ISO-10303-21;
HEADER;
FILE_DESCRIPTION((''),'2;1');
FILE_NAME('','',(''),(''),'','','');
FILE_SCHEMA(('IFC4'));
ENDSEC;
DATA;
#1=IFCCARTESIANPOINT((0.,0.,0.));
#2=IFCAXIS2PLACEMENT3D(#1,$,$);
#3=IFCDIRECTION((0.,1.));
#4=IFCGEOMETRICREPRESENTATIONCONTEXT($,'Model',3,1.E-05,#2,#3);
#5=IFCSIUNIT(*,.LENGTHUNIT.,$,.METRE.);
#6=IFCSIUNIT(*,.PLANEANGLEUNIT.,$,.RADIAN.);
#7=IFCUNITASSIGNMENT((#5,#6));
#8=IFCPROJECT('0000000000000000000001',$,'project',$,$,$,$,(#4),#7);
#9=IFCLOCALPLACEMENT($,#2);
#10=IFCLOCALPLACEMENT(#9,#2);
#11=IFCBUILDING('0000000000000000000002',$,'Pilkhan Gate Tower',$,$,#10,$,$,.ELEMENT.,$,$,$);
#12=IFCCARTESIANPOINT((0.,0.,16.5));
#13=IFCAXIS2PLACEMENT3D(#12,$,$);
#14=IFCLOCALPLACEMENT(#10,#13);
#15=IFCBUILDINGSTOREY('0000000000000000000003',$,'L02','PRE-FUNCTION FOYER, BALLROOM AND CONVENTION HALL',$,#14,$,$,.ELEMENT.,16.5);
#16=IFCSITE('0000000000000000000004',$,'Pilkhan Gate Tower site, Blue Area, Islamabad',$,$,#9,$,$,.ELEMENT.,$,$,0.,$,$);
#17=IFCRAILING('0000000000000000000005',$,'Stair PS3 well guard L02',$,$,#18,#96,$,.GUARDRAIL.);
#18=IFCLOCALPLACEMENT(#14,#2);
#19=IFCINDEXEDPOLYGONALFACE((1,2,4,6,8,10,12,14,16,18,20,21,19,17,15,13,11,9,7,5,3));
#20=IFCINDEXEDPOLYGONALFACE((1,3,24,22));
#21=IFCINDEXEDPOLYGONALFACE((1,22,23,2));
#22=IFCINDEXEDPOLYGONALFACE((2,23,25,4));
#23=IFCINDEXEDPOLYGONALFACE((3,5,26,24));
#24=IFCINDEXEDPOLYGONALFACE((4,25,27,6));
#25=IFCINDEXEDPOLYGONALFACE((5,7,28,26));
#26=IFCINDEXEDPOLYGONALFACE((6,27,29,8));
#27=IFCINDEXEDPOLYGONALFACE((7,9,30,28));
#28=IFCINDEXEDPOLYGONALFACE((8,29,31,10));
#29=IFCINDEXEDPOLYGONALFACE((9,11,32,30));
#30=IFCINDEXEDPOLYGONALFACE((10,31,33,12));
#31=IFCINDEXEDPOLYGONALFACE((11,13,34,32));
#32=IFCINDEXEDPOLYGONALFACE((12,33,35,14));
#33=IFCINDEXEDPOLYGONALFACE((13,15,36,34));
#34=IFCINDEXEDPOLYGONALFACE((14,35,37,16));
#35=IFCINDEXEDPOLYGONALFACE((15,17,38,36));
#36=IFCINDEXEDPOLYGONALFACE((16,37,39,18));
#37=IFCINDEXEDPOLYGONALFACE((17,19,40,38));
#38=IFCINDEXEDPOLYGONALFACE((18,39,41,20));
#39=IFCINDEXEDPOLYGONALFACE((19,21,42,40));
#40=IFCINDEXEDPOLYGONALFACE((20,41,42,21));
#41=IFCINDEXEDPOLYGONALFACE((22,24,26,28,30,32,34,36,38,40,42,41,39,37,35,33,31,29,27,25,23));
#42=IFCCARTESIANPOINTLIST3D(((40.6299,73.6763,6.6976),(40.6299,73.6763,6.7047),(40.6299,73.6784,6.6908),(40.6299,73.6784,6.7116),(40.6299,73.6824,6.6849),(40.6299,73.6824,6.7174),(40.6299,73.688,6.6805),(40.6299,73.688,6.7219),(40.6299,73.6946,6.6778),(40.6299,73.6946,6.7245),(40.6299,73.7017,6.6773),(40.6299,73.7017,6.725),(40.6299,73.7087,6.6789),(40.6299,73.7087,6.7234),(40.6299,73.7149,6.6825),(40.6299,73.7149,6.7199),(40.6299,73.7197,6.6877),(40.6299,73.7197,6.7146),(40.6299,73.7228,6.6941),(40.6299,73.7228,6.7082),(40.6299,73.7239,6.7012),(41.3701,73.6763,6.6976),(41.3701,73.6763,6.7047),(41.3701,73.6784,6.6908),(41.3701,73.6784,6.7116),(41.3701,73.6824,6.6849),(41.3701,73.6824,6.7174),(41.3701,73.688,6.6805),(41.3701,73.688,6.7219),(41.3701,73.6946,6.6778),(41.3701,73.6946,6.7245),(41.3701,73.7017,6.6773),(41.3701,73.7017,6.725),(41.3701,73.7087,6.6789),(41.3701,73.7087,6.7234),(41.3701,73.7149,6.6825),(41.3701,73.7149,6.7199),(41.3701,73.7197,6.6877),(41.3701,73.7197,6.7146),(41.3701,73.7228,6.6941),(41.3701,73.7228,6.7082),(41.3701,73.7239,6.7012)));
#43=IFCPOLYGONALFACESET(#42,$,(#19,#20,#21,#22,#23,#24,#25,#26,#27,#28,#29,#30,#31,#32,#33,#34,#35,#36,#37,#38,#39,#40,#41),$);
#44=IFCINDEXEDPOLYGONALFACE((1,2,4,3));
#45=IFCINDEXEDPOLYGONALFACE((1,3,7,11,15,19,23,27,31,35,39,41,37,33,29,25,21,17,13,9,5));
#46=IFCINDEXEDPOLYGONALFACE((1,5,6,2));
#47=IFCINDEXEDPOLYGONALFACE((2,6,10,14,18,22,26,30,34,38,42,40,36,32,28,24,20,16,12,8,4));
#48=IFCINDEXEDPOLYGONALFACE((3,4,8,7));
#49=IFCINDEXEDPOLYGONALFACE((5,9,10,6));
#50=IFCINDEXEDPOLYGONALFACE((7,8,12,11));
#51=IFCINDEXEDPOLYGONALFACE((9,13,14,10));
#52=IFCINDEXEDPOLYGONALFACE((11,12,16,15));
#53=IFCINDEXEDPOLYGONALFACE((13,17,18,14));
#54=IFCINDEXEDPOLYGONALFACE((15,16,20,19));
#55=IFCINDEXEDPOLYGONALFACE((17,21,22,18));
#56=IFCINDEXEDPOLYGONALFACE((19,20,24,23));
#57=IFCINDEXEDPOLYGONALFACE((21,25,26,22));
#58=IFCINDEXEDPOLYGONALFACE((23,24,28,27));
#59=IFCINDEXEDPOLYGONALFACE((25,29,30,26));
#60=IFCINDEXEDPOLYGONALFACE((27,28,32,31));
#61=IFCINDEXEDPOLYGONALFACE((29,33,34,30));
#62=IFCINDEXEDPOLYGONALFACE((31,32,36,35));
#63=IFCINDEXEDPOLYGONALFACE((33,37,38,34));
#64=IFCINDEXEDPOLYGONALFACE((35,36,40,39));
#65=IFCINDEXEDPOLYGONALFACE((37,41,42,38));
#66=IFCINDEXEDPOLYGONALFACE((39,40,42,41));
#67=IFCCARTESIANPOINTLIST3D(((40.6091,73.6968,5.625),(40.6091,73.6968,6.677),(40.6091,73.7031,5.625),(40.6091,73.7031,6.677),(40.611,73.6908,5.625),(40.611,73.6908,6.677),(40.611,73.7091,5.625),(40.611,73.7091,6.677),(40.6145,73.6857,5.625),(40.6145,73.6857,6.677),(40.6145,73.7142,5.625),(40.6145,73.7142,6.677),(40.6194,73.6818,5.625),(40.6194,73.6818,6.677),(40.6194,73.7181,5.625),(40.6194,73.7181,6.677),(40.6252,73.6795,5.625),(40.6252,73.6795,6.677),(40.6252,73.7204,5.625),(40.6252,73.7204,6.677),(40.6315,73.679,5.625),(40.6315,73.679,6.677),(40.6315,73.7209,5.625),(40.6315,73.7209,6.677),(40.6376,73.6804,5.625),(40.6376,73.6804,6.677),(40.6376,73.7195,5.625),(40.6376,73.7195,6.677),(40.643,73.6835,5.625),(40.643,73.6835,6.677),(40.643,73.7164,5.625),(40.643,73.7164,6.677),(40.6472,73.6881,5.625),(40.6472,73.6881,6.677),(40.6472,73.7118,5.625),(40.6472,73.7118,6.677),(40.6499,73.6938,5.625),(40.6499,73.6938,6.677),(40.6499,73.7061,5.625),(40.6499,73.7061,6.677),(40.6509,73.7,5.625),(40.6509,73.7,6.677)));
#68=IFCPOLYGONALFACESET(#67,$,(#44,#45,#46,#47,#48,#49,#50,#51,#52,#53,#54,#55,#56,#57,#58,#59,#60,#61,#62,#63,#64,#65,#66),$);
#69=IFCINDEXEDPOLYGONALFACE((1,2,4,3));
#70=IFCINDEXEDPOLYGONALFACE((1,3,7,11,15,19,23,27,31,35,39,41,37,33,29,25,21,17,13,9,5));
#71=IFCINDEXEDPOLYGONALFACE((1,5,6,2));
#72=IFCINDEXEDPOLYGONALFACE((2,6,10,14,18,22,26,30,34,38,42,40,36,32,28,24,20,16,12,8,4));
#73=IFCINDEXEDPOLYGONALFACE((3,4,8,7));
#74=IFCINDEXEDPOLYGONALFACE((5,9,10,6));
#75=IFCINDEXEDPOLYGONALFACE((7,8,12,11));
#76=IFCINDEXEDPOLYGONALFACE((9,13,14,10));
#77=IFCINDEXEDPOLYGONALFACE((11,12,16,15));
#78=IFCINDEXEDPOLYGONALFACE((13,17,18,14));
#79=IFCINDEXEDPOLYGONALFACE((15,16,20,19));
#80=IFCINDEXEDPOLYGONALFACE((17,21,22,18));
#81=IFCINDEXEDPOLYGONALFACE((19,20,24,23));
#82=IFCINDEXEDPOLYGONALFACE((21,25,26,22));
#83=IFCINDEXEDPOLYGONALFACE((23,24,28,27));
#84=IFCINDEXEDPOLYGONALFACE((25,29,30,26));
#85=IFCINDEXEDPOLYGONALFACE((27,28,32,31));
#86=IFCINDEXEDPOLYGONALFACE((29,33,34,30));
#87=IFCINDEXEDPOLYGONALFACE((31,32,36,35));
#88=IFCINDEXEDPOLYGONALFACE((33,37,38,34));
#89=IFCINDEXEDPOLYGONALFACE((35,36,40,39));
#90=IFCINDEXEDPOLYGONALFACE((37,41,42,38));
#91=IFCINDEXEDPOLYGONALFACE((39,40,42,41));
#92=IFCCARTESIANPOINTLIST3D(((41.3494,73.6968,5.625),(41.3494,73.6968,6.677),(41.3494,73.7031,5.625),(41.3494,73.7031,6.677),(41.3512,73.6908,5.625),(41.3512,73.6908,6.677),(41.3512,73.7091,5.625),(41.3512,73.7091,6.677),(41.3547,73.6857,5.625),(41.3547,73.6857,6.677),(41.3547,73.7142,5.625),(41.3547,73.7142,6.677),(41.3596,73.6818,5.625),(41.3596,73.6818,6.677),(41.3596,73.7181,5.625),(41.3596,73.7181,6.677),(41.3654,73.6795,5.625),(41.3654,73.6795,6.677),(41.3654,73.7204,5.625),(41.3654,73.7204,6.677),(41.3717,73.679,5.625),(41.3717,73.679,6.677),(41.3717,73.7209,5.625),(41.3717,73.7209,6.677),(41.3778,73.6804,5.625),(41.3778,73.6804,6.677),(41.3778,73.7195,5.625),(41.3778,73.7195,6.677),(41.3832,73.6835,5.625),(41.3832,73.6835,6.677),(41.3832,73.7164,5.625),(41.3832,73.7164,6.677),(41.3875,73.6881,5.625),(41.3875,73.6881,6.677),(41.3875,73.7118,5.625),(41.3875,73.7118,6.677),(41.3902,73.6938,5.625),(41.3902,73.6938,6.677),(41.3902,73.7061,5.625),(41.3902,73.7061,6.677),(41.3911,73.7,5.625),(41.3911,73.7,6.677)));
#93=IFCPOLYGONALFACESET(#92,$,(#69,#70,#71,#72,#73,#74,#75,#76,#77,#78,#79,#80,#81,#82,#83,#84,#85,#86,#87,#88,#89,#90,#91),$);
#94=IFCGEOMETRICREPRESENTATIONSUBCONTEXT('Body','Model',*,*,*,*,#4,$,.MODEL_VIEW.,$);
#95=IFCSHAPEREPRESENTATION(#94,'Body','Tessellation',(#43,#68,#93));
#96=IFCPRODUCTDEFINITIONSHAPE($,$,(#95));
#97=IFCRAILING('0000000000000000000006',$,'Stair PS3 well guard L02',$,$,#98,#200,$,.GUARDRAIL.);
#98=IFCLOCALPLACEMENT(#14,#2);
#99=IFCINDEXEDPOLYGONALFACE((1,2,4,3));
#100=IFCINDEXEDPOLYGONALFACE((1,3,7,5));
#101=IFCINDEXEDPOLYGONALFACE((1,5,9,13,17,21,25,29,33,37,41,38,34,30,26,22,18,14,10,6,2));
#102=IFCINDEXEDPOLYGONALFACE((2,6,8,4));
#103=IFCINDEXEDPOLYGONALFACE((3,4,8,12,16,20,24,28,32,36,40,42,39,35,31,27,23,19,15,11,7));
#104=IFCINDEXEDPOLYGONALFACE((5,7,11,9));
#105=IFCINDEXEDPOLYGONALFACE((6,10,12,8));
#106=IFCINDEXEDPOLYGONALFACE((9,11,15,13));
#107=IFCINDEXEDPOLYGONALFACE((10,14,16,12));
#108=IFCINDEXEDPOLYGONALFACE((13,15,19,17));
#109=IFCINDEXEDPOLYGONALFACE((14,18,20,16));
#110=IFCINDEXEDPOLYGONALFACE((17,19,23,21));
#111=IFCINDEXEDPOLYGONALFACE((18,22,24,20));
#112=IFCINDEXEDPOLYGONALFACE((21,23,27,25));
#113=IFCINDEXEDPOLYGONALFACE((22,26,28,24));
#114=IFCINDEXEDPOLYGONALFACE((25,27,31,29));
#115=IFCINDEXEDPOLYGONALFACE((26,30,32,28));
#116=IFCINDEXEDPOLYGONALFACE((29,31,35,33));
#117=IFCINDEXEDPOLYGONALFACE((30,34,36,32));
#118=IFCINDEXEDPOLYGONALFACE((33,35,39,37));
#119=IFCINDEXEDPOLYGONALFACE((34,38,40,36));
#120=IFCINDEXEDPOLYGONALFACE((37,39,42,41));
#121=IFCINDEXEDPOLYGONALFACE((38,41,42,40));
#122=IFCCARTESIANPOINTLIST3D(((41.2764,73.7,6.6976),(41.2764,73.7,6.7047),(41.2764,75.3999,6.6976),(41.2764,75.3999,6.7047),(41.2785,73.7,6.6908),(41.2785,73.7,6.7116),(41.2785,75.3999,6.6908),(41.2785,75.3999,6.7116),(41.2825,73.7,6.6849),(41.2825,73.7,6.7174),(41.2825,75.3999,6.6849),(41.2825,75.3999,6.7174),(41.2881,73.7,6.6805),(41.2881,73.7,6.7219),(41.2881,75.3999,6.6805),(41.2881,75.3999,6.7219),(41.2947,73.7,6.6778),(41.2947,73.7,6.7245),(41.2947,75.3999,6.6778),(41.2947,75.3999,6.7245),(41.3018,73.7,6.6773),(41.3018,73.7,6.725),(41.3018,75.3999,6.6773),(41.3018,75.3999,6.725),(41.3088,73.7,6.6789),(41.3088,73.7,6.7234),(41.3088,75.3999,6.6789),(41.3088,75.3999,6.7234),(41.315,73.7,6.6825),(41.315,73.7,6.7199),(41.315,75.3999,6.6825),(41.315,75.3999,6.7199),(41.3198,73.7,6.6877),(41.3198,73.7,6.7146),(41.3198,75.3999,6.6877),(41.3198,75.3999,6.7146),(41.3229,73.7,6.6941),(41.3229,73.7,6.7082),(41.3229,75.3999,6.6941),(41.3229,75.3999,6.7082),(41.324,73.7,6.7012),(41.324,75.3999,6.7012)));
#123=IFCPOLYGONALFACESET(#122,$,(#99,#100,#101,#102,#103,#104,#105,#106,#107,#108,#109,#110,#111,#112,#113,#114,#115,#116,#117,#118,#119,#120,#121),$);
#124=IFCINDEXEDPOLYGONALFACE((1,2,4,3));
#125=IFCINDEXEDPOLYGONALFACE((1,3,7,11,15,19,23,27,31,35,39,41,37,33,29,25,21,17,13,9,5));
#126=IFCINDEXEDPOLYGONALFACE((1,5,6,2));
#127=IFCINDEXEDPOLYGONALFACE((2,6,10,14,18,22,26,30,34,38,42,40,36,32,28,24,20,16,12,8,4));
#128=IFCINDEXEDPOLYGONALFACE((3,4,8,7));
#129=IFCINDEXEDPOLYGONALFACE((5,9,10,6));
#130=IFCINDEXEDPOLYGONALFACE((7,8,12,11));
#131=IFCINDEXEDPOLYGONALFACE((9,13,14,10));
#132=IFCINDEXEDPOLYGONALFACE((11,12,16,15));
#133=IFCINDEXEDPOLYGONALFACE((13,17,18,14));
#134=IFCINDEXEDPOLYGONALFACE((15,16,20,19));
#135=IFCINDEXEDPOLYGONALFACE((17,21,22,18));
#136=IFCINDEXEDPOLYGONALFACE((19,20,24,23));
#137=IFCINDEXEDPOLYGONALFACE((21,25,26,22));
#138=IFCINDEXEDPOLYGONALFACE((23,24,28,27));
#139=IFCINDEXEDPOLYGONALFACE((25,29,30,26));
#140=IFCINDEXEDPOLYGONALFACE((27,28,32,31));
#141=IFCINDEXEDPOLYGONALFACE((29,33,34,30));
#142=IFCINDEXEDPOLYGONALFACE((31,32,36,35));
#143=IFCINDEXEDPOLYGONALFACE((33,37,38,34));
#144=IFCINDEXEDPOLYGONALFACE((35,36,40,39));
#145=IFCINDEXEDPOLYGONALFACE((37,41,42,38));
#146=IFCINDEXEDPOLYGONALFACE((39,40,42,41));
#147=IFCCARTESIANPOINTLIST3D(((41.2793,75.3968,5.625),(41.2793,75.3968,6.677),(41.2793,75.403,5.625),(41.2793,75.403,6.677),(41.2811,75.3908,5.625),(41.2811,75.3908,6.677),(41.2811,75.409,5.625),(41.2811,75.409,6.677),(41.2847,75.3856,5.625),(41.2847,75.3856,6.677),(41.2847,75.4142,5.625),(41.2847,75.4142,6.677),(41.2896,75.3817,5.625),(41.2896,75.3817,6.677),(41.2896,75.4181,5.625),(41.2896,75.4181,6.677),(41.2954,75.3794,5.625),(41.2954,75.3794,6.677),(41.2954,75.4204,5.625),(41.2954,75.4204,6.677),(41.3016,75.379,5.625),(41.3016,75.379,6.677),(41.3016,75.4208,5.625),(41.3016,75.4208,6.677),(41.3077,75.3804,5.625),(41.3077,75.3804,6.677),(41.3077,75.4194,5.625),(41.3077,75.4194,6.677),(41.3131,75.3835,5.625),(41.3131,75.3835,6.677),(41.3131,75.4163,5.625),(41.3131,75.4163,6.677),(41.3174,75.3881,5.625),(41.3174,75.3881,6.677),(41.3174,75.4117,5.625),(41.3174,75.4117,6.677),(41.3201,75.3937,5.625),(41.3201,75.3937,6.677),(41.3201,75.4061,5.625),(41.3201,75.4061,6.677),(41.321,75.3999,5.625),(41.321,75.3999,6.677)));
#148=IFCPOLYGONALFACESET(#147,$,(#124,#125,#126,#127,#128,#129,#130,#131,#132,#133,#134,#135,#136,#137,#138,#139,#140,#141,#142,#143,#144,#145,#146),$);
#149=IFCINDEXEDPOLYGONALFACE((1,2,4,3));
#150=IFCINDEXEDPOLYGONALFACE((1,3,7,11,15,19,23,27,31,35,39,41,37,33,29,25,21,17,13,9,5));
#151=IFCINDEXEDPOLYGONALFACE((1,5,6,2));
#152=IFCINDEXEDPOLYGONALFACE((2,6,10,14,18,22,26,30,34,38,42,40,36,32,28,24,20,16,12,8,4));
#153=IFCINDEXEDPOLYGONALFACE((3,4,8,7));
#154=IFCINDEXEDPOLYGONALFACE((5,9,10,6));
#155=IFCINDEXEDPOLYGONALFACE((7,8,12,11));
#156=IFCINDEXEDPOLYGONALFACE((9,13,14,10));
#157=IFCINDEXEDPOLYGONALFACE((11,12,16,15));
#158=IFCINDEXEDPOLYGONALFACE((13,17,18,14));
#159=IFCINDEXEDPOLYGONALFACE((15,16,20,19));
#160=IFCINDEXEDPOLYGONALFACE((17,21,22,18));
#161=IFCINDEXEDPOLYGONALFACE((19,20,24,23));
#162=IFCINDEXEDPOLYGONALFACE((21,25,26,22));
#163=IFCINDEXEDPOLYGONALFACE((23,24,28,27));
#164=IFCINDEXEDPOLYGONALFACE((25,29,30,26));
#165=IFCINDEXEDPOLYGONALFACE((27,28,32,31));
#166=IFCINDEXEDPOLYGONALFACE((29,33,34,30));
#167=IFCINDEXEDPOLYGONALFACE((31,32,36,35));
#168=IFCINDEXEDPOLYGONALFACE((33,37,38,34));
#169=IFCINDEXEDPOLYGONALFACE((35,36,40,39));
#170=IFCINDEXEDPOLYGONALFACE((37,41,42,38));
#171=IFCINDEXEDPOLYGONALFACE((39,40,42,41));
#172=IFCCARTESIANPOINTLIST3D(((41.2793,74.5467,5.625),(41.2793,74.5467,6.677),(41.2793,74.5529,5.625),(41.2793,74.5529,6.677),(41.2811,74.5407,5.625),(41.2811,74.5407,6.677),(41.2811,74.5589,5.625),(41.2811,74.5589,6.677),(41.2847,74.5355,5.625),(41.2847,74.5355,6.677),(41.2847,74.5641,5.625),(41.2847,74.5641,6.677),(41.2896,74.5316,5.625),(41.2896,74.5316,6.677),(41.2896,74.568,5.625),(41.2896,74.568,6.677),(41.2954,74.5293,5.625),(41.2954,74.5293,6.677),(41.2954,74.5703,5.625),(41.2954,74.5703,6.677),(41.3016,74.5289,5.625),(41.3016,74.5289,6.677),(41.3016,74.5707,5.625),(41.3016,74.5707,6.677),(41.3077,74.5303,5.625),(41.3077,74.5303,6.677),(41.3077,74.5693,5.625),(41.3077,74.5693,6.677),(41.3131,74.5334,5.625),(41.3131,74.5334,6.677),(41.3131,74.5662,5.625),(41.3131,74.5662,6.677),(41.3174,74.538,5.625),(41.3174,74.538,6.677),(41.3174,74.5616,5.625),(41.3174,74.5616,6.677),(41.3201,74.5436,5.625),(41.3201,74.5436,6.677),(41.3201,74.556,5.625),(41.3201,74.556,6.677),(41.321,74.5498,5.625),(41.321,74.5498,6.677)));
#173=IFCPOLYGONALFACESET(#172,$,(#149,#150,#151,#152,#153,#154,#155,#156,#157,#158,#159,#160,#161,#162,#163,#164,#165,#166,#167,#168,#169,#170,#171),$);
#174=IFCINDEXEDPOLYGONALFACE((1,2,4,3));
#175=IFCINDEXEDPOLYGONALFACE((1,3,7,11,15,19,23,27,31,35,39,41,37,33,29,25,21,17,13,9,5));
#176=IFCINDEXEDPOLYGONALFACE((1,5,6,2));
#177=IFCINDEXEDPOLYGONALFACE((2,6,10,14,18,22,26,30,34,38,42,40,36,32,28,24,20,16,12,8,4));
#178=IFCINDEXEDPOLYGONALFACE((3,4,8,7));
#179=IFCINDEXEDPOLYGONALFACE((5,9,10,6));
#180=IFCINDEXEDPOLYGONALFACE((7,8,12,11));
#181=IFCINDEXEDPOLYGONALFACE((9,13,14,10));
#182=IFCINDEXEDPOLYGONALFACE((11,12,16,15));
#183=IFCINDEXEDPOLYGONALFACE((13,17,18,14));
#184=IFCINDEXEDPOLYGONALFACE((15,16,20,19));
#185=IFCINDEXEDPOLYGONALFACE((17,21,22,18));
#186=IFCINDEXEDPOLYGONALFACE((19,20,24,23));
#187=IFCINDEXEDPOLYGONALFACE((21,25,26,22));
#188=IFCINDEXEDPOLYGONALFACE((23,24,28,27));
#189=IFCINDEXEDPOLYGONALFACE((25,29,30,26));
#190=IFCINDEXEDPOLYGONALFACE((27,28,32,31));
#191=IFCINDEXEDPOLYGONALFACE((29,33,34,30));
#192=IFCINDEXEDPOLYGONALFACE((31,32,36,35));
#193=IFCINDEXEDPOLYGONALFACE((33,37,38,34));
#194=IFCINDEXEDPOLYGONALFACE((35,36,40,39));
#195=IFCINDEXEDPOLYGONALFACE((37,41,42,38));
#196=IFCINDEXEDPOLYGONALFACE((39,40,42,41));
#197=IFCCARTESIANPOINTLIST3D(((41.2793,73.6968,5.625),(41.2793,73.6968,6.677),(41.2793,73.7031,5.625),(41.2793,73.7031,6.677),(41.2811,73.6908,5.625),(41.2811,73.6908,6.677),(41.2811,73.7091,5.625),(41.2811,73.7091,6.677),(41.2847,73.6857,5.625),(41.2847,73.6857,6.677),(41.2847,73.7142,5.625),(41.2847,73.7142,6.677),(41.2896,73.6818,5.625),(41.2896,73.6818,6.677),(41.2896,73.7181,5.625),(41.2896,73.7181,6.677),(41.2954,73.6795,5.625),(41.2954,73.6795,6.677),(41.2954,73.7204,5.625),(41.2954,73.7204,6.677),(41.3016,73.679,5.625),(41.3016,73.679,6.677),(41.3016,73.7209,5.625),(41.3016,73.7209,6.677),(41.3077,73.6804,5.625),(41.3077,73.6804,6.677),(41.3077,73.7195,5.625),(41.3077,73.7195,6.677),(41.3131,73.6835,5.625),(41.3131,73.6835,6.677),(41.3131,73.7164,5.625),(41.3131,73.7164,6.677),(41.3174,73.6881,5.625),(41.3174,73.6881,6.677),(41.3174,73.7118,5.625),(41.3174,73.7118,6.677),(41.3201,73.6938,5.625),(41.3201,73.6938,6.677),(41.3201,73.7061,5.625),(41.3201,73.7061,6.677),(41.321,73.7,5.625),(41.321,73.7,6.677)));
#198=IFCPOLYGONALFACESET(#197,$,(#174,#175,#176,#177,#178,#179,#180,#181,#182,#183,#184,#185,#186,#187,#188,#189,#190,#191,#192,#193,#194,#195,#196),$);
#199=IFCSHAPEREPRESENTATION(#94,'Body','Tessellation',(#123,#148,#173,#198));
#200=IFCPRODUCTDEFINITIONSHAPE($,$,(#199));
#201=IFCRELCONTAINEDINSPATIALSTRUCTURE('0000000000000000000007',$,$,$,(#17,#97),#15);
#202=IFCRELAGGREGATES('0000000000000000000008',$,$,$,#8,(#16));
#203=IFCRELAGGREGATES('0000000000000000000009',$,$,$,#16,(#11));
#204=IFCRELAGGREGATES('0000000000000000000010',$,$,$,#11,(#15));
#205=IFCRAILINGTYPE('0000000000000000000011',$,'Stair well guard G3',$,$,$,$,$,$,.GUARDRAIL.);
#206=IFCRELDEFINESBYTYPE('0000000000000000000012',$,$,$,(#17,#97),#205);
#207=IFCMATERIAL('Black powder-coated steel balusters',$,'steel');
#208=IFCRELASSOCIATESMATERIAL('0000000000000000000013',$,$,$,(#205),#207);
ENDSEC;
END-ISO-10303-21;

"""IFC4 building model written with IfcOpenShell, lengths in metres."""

from ifc_helpers import new_model, si_unit, direction, frame, origin, origin_2d, place, context, subcontext, project, spatial, circle, extrude, material, type_object, element, save


model = new_model("IFC4")

# Units and contexts
model_context = context("Model", 3, precision=1e-05, world=origin(), true_north=direction((0.0, 1.0)))
body_context = subcontext(model_context, "Body", "Model", "MODEL_VIEW")
ifc_project = project(units=[si_unit("LENGTHUNIT", "METRE"), si_unit("PLANEANGLEUNIT", "RADIAN")], contexts=[model_context])

# Site, building, storey
site_placement = place(None, origin())
site = spatial("IfcSite", under=ifc_project, at=site_placement, Name="Pilkhan Gate Tower site, Blue Area, Islamabad", CompositionType="ELEMENT", RefElevation=0.0)
building_placement = place(site_placement, origin())
building = spatial("IfcBuilding", under=site, at=building_placement, Name="Pilkhan Gate Tower", CompositionType="ELEMENT")
storey_placement = place(building_placement, frame((0.0, 0.0, 16.5)))
storey = spatial("IfcBuildingStorey", under=building, at=storey_placement, Name="L02", Description="PRE-FUNCTION FOYER, BALLROOM AND CONVENTION HALL", CompositionType="ELEMENT", Elevation=16.5)

# Railings
ifc_material_1 = material(Name="Black powder-coated steel balusters", Category="steel")
railing_type_1 = type_object("IfcRailingType", Name="Stair well guard G3", PredefinedType="GUARDRAIL", material=ifc_material_1)
railing_1_placement = place(storey_placement, frame((40.6299, 73.7, 5.625)))
element("IfcRailing", 1, at=railing_1_placement, inside=storey, type_object=railing_type_1, Name="Stair PS3 well guard L02", PredefinedType="GUARDRAIL", context=body_context, shape_type="SweptSolid", body=[
    extrude(circle(Radius=0.0239, at=origin_2d()), frame((0.0, 0.0, 1.0762), z_axis=(1.0, 0.0, 0.0), x_axis=(0.0, 1.0, 0.0)), (0.0, 0.0, 1.0), 0.7402),
    extrude(circle(Radius=0.021, at=origin_2d()), origin(), (0.0, 0.0, 1.0), 1.052),
    extrude(circle(Radius=0.021, at=origin_2d()), frame((0.7402, 0.0, 0.0)), (0.0, 0.0, 1.0), 1.052),
])
railing_2_placement = place(storey_placement, frame((41.3, 75.3999, 5.625)))
element("IfcRailing", 2, at=railing_2_placement, inside=storey, type_object=railing_type_1, Name="Stair PS3 well guard L02", PredefinedType="GUARDRAIL", context=body_context, shape_type="SweptSolid", body=[
    extrude(circle(Radius=0.0239, at=origin_2d()), frame((0.0, 0.0, 1.0762), z_axis=(0.0, -1.0, 0.0), x_axis=(1.0, 0.0, 0.0)), (0.0, 0.0, 1.0), 1.7),
    extrude(circle(Radius=0.021, at=origin_2d()), origin(), (0.0, 0.0, 1.0), 1.052),
    extrude(circle(Radius=0.021, at=origin_2d()), frame((0.0, -0.8501, 0.0)), (0.0, 0.0, 1.0), 1.052),
    extrude(circle(Radius=0.021, at=origin_2d()), frame((0.0, -1.7, 0.0)), (0.0, 0.0, 1.0), 1.052),
])

save(model, "model.ifc")
